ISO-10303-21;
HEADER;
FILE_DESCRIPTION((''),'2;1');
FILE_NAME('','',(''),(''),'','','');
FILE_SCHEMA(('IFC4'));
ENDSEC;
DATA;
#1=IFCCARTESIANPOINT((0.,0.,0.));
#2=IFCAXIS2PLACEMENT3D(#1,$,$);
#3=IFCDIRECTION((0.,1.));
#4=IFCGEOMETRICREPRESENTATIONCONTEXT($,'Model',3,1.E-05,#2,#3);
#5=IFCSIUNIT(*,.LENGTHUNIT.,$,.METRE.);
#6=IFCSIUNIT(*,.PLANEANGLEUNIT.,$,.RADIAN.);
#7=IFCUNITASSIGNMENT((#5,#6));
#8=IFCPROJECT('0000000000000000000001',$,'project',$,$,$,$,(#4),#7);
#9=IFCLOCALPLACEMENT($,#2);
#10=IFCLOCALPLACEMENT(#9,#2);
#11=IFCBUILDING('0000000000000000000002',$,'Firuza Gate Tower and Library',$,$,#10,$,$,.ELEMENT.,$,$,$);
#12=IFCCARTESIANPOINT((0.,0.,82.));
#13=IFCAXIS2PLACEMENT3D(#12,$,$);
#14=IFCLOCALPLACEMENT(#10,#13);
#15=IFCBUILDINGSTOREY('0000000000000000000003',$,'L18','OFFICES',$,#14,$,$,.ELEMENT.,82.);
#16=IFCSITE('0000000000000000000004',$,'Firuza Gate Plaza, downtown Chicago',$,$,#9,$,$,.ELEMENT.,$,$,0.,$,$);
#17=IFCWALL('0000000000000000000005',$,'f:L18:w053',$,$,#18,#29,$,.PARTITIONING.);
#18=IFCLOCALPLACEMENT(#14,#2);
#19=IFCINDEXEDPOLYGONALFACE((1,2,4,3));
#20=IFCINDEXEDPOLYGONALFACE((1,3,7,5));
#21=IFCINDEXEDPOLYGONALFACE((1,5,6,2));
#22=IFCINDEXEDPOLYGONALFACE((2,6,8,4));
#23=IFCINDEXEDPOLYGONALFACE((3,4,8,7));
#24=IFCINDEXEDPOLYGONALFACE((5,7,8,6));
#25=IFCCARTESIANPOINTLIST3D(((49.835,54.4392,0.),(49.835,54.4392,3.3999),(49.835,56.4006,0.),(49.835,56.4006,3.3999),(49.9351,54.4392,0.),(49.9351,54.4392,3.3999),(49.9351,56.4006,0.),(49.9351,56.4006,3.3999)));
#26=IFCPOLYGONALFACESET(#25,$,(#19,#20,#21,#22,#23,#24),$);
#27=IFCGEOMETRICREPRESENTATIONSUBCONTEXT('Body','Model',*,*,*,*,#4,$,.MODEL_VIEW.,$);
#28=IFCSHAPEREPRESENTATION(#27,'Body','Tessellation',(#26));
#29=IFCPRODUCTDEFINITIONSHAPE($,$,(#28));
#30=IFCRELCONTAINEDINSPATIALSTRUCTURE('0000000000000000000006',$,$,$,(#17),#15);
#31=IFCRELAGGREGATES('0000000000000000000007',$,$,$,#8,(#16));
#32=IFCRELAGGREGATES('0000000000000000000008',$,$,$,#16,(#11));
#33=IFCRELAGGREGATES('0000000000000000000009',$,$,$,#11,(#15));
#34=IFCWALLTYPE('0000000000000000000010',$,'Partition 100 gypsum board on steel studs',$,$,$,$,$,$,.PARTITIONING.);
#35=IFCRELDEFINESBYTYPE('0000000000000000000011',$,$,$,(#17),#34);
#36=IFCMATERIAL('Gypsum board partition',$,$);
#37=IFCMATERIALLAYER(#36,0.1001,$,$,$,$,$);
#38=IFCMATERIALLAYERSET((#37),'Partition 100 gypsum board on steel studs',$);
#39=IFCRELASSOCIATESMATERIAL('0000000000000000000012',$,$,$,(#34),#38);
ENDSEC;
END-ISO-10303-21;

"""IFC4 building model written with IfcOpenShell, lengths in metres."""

from ifc_helpers import new_model, si_unit, direction, frame, frame_2d, origin, place, context, subcontext, project, spatial, rectangle, extrude, material, layer, layer_set, type_object, element, save


model = new_model("IFC4")

# Units and contexts
model_context = context("Model", 3, precision=1e-05, world=origin(), true_north=direction((0.0, 1.0)))
body_context = subcontext(model_context, "Body", "Model", "MODEL_VIEW")
ifc_project = project(units=[si_unit("LENGTHUNIT", "METRE"), si_unit("PLANEANGLEUNIT", "RADIAN")], contexts=[model_context])

# Site, building, storey
site_placement = place(None, origin())
site = spatial("IfcSite", under=ifc_project, at=site_placement, Name="Firuza Gate Plaza, downtown Chicago", CompositionType="ELEMENT", RefElevation=0.0)
building_placement = place(site_placement, origin())
building = spatial("IfcBuilding", under=site, at=building_placement, Name="Firuza Gate Tower and Library", CompositionType="ELEMENT")
storey_placement = place(building_placement, frame((0.0, 0.0, 82.0)))
storey = spatial("IfcBuildingStorey", under=building, at=storey_placement, Name="L18", Description="OFFICES", CompositionType="ELEMENT", Elevation=82.0)

# Shared definitions
ifc_material_1 = material(Name="Gypsum board partition")
ifc_layer_1 = layer(ifc_material_1, 0.1001)
ifc_layer_set_1 = layer_set([ifc_layer_1], Name="Partition 100 gypsum board on steel studs")
wall_type_1 = type_object("IfcWallType", Name="Partition 100 gypsum board on steel studs", PredefinedType="PARTITIONING", material=ifc_layer_set_1)

# Wall
wall_1_placement = place(storey_placement, frame((49.885, 54.4392, 0.0), z_axis=(0.0, 0.0, 1.0), x_axis=(0.0, 1.0, 0.0)))
element("IfcWall", 1, at=wall_1_placement, inside=storey, type_object=wall_type_1, Name="f:L18:w053", PredefinedType="PARTITIONING", context=body_context, shape_type="SweptSolid", body=[
    extrude(rectangle(XDim=1.9614, YDim=0.1001, at=frame_2d((0.9807, 0.0))), origin(), (0.0, 0.0, 1.0), 3.3999),
])

save(model, "model.ifc")
